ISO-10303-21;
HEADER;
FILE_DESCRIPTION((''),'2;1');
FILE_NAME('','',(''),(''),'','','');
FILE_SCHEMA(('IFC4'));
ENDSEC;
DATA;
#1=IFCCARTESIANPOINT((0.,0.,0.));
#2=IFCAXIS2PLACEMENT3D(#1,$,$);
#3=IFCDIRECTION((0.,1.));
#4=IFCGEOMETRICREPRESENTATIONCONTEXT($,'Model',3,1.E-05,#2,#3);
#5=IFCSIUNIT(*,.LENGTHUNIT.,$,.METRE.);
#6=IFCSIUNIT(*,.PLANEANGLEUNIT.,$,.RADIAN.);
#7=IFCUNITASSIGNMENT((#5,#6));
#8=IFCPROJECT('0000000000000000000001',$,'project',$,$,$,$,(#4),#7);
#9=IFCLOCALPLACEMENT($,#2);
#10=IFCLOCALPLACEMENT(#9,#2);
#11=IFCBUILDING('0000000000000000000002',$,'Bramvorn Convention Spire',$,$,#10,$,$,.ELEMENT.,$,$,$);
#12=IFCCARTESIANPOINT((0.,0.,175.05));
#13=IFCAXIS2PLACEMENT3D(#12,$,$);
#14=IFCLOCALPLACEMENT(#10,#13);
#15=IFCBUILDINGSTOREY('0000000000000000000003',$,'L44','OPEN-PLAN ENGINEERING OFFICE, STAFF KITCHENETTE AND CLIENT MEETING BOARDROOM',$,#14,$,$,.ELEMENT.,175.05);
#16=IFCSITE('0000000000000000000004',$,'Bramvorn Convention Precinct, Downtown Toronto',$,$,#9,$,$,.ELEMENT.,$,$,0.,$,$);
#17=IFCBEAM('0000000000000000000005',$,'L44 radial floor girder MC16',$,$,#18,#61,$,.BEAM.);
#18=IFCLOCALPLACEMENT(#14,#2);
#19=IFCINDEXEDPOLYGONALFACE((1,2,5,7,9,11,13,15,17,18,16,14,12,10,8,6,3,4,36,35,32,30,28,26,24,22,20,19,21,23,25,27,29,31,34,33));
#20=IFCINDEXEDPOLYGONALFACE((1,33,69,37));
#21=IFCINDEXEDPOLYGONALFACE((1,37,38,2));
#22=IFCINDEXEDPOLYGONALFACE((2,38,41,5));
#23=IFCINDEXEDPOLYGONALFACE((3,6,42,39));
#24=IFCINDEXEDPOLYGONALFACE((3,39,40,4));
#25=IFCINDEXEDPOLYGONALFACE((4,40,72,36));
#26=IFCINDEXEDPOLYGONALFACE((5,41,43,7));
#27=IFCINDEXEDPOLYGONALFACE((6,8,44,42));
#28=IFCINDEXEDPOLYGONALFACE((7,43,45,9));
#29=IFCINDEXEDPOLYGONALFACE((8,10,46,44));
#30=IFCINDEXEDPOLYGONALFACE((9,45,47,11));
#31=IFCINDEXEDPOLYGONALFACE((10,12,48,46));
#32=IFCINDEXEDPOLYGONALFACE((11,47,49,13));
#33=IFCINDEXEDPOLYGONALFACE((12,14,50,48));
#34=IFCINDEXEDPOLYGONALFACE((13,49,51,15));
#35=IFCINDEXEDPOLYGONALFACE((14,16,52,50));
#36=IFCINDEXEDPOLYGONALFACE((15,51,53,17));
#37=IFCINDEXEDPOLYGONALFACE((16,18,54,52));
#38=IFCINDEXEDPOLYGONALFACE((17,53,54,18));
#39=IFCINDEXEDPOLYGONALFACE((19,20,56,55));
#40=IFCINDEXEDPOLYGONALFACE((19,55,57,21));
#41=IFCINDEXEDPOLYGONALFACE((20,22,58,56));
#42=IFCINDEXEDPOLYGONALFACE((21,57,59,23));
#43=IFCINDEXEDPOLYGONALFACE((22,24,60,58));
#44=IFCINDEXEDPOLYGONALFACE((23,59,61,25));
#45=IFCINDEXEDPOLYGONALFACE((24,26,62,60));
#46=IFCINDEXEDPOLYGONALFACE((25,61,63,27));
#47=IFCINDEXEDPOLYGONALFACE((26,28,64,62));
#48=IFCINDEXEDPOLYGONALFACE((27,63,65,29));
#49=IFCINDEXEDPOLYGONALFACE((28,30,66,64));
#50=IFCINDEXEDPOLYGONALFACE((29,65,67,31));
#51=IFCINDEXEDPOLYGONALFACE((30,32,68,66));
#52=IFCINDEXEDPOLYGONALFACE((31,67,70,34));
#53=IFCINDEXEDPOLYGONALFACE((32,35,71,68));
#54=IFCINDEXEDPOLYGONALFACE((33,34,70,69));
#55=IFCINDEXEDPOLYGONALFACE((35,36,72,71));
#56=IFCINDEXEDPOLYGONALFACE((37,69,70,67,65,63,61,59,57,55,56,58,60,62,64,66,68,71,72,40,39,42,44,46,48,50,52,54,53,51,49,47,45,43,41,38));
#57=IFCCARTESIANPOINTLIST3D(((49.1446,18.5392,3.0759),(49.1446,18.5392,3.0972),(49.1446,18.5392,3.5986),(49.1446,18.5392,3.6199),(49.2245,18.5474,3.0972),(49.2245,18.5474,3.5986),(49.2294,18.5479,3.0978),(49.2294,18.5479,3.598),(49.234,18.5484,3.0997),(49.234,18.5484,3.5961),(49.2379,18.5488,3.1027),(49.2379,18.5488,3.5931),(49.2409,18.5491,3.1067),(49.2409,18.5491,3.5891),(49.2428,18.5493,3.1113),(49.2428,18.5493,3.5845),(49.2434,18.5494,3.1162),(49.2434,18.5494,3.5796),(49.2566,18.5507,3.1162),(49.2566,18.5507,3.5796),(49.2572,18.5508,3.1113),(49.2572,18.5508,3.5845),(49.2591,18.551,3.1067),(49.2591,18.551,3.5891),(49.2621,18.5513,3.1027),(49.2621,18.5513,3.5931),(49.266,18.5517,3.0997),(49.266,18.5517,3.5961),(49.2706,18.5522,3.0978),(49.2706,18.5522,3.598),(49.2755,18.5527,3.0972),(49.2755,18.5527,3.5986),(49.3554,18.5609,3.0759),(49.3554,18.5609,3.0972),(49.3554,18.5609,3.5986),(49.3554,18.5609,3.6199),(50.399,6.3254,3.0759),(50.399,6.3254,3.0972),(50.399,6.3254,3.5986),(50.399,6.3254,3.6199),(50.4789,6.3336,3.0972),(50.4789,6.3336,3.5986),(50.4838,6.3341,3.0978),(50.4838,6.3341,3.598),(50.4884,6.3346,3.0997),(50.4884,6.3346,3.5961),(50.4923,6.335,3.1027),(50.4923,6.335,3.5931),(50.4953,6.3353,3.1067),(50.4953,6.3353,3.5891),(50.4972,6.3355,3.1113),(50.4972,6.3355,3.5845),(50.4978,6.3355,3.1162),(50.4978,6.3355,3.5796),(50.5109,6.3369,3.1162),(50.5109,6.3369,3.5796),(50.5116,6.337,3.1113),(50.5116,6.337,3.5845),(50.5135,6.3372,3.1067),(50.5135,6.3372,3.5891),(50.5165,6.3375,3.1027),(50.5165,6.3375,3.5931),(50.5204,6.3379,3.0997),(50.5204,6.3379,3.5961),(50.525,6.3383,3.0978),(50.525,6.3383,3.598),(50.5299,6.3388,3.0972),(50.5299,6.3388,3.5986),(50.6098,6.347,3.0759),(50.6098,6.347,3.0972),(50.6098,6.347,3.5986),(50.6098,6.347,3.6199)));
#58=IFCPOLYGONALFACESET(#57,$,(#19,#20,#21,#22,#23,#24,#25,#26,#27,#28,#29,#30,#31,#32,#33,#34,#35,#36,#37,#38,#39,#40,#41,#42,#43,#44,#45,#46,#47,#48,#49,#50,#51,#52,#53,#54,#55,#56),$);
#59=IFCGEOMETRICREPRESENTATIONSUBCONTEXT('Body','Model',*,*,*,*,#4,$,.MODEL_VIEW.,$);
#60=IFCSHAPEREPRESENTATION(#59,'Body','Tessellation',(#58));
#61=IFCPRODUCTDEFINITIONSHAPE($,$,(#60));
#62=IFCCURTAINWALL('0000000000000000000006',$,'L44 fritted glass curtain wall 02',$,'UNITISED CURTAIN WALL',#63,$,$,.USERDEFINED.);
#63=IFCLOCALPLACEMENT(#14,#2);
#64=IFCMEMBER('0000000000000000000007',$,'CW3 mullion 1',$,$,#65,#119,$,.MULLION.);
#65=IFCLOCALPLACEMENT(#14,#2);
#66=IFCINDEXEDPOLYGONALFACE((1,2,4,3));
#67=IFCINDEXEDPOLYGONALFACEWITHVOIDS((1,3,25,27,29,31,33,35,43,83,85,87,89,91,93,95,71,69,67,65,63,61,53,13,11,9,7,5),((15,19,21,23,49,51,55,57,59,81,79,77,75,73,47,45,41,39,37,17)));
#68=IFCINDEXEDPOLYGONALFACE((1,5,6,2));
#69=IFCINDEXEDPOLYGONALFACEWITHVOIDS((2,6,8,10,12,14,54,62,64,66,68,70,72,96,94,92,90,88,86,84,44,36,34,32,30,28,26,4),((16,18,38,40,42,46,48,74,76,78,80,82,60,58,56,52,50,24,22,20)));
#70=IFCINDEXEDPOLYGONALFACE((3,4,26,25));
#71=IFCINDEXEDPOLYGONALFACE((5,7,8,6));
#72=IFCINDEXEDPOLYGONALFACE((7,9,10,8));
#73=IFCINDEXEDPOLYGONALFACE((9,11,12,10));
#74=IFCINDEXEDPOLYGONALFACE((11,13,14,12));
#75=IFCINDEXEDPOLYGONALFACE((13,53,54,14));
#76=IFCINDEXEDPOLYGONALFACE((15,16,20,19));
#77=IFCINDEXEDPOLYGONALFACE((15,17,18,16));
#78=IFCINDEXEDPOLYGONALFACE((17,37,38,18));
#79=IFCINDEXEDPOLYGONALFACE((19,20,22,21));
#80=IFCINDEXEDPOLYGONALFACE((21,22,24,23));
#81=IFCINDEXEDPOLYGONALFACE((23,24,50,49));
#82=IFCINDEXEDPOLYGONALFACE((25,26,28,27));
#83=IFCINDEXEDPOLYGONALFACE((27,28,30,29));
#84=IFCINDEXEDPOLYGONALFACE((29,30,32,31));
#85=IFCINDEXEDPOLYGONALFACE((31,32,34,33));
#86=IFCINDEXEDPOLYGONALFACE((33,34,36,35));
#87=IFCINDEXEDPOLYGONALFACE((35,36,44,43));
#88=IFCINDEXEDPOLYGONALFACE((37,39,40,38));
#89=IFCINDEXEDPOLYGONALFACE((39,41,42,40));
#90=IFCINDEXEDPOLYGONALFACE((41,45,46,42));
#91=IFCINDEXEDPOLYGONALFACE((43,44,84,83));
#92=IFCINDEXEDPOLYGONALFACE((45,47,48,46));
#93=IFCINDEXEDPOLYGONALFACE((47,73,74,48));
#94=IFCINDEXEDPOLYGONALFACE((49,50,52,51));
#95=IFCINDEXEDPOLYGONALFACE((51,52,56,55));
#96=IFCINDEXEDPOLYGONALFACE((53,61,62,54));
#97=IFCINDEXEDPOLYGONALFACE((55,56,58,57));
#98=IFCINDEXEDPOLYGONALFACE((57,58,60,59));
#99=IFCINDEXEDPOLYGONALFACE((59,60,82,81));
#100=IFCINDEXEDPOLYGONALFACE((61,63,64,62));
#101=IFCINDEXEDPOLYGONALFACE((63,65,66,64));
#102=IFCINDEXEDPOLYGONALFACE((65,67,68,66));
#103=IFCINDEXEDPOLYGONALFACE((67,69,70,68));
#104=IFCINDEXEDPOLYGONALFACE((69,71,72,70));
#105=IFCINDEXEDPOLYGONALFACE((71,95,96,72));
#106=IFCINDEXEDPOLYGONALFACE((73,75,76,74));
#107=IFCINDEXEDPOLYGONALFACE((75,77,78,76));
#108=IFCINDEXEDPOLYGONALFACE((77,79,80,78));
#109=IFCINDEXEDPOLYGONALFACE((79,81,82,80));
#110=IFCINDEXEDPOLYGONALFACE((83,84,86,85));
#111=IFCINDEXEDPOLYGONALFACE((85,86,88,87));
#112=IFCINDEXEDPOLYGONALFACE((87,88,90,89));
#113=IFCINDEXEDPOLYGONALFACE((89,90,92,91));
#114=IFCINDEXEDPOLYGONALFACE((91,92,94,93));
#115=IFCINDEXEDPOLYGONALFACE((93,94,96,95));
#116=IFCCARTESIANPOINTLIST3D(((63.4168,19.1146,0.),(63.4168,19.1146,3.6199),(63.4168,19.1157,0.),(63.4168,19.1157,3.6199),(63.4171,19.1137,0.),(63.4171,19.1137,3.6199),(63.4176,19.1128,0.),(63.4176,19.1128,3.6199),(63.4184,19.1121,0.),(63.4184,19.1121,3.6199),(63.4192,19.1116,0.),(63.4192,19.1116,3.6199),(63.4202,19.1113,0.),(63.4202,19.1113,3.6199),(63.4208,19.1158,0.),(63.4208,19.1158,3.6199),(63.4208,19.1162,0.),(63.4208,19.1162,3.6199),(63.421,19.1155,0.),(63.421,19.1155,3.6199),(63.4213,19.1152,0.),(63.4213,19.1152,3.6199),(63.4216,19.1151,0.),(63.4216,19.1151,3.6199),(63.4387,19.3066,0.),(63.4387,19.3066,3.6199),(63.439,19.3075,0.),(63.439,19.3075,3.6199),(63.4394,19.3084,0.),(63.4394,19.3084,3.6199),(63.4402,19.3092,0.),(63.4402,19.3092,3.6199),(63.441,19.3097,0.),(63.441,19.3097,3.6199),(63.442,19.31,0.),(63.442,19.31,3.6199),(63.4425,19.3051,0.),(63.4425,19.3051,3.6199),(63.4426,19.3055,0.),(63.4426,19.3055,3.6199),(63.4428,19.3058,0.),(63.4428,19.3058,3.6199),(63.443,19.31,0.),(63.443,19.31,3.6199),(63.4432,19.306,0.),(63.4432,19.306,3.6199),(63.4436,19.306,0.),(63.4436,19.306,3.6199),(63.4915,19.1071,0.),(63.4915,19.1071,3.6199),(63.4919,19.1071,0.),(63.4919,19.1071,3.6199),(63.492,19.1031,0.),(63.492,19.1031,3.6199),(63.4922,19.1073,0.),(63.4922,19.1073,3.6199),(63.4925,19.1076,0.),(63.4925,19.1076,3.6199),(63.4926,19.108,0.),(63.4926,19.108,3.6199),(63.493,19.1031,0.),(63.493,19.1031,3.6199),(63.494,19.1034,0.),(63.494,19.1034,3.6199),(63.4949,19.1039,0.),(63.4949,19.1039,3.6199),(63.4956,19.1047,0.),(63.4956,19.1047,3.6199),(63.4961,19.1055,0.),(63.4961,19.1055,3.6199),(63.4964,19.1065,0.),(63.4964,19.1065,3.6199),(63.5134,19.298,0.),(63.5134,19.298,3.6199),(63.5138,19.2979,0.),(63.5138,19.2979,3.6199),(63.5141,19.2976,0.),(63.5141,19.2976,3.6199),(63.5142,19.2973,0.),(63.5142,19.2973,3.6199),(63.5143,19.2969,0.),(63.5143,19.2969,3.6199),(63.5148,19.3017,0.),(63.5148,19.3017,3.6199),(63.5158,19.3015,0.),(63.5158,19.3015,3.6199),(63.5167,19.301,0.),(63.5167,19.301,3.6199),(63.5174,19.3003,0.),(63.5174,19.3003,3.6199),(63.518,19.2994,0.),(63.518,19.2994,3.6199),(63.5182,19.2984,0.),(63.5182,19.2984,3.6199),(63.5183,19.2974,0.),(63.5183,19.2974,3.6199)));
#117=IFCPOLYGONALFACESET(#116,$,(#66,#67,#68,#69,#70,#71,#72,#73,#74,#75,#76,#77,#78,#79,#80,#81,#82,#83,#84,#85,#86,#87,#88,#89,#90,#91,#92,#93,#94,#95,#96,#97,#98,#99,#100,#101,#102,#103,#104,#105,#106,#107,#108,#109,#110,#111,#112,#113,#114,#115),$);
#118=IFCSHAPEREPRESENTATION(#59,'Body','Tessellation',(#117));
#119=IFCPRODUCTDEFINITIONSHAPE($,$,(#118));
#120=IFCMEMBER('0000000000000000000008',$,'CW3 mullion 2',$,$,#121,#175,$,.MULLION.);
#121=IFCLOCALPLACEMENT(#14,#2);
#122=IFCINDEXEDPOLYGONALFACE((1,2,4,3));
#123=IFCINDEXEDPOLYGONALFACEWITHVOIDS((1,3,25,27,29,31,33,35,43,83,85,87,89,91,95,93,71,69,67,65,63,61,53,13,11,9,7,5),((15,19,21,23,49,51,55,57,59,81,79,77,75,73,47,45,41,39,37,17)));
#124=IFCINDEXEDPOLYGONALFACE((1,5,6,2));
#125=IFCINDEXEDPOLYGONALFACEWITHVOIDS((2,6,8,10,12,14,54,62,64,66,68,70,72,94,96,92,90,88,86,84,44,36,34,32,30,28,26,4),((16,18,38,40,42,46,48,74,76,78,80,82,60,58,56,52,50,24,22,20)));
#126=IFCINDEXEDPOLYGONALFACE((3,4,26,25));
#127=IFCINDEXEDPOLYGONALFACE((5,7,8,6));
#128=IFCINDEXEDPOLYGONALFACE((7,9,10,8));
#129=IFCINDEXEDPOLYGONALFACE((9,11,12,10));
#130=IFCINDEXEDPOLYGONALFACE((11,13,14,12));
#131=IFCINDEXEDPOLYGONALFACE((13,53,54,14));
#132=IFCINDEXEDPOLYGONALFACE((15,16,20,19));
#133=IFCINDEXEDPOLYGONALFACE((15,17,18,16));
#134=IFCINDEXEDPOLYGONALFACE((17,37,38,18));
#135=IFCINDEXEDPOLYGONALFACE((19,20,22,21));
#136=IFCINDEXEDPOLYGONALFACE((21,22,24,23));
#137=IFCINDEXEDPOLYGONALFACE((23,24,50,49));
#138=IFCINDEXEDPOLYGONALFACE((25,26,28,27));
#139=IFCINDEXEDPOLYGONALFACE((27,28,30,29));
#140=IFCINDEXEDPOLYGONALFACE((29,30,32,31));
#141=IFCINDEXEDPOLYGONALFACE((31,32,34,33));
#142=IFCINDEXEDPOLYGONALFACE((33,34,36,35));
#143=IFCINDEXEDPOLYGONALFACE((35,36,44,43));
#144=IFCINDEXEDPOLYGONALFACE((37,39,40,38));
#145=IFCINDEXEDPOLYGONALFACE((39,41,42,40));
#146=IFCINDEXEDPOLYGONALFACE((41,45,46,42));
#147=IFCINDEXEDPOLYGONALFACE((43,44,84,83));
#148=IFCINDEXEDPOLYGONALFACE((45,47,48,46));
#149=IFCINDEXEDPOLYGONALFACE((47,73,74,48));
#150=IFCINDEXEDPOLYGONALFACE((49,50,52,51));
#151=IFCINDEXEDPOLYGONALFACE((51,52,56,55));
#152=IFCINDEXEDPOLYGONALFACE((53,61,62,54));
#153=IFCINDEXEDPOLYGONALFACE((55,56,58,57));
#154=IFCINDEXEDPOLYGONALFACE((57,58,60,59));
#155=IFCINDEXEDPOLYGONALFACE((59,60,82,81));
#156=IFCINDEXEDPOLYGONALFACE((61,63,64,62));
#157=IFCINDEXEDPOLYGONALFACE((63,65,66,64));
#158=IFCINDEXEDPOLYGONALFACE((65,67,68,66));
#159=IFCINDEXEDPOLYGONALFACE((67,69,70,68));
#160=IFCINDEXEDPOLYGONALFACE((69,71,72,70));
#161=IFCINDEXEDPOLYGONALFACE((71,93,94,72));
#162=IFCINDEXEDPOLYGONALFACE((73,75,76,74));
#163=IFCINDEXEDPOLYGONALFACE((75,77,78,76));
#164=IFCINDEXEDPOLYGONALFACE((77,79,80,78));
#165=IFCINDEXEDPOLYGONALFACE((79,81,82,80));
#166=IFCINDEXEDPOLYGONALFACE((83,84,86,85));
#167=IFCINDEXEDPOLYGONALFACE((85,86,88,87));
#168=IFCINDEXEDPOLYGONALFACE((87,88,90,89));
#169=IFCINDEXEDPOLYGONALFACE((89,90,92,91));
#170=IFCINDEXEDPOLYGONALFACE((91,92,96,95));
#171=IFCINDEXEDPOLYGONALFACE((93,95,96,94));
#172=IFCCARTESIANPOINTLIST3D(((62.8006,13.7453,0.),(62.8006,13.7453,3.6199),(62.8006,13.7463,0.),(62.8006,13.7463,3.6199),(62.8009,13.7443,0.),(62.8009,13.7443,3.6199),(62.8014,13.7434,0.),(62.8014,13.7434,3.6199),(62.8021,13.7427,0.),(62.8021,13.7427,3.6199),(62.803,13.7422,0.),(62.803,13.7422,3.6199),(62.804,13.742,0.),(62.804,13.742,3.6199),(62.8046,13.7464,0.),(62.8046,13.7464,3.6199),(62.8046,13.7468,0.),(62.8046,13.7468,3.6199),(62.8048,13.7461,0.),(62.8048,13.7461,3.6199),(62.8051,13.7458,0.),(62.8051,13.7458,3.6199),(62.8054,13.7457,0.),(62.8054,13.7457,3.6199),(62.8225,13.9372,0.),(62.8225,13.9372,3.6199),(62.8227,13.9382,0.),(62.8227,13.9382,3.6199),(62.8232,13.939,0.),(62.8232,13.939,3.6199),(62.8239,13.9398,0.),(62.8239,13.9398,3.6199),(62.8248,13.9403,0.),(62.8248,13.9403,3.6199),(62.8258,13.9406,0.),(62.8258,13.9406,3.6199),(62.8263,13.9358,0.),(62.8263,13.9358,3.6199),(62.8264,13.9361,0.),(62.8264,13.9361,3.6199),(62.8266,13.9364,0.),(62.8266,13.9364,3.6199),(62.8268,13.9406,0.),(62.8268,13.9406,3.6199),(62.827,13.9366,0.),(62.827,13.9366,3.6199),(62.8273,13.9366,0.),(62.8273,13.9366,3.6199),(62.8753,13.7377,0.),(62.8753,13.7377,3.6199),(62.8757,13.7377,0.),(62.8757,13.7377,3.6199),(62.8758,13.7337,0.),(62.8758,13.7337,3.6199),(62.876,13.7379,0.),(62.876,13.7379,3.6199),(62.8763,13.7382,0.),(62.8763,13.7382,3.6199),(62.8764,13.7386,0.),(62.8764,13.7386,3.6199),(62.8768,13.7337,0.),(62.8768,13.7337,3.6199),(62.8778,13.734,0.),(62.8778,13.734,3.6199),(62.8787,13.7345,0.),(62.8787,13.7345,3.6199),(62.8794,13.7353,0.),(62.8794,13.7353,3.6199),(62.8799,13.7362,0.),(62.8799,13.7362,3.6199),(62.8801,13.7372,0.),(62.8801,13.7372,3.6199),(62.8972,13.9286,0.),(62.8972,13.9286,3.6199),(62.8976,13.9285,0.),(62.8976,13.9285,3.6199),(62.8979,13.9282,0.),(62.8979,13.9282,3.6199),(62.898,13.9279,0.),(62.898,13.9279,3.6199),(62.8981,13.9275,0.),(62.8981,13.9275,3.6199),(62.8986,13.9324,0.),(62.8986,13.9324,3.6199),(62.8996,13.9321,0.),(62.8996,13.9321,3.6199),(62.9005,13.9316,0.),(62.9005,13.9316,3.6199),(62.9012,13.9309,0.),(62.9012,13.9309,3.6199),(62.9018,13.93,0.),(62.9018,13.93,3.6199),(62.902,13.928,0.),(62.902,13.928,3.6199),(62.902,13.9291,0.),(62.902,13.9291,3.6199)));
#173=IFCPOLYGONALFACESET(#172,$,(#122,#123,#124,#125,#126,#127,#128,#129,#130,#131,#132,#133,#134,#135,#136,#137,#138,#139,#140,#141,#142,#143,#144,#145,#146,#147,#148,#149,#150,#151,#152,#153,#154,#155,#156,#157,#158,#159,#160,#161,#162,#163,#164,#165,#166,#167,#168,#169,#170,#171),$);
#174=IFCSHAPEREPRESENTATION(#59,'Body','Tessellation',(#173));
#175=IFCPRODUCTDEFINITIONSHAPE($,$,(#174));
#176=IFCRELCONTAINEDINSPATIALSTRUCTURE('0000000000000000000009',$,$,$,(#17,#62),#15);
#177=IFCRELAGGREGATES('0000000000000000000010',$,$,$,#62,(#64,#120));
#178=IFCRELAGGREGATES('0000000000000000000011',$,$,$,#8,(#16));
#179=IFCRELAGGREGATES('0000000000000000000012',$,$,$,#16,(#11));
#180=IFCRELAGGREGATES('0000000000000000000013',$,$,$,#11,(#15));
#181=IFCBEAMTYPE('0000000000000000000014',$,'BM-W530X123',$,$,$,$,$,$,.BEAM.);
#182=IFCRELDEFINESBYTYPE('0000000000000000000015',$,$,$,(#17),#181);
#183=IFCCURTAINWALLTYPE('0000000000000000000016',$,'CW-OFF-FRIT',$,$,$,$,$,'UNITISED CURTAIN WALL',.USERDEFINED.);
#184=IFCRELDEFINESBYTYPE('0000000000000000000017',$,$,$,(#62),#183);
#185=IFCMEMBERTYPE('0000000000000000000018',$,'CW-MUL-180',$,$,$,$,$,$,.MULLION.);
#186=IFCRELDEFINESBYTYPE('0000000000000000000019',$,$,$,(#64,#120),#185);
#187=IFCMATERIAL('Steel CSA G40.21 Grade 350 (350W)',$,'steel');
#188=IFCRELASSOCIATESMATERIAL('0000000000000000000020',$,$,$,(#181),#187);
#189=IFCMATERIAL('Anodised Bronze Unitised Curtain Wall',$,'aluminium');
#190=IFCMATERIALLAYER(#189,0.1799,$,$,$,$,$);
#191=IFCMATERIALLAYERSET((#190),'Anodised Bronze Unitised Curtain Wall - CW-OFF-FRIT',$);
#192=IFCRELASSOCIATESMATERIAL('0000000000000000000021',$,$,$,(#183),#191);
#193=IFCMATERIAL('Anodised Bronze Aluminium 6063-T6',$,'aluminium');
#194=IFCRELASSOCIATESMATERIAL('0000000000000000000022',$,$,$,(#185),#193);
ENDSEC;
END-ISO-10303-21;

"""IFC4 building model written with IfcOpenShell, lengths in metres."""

from ifc_helpers import new_model, si_unit, direction, frame, origin, origin_2d, place, context, subcontext, project, spatial, hollow_rectangle, i_section, extrude, material, layer, layer_set, material_profile, profile_set, type_object, element, aggregate, save


model = new_model("IFC4")

# Units and contexts
model_context = context("Model", 3, precision=1e-05, world=origin(), true_north=direction((0.0, 1.0)))
body_context = subcontext(model_context, "Body", "Model", "MODEL_VIEW")
ifc_project = project(units=[si_unit("LENGTHUNIT", "METRE"), si_unit("PLANEANGLEUNIT", "RADIAN")], contexts=[model_context])

# Site, building, storey
site_placement = place(None, origin())
site = spatial("IfcSite", under=ifc_project, at=site_placement, Name="Bramvorn Convention Precinct, Downtown Toronto", CompositionType="ELEMENT", RefElevation=0.0)
building_placement = place(site_placement, origin())
building = spatial("IfcBuilding", under=site, at=building_placement, Name="Bramvorn Convention Spire", CompositionType="ELEMENT")
storey_placement = place(building_placement, frame((0.0, 0.0, 175.05)))
storey = spatial("IfcBuildingStorey", under=building, at=storey_placement, Name="L44", Description="OPEN-PLAN ENGINEERING OFFICE, STAFF KITCHENETTE AND CLIENT MEETING BOARDROOM", CompositionType="ELEMENT", Elevation=175.05)

# Shared definitions
ifc_material_1 = material(Name="Steel CSA G40.21 Grade 350 (350W)", Category="steel")

# Beam
ifc_material_profile_1 = material_profile(ifc_material_1, i_section(OverallWidth=0.2119, OverallDepth=0.5439, WebThickness=0.0132, FlangeThickness=0.0212, FilletRadius=0.019, at=origin_2d()))
ifc_profile_set_1 = profile_set([ifc_material_profile_1], Name="Steel CSA G40.21 Grade 350 (350W) - W530X123")
beam_type_1 = type_object("IfcBeamType", Name="BM-W530X123", PredefinedType="BEAM", material=ifc_profile_set_1)
beam_1_placement = place(storey_placement, frame((49.25, 18.55, 3.3479), z_axis=(0.102165, -0.994767, 0.0), x_axis=(0.994767, 0.102165, 0.0)))
element("IfcBeam", 1, at=beam_1_placement, inside=storey, type_object=beam_type_1, Name="L44 radial floor girder MC16", PredefinedType="BEAM", context=body_context, shape_type="SweptSolid", body=[
    extrude(i_section(OverallWidth=0.2119, OverallDepth=0.5439, WebThickness=0.0132, FlangeThickness=0.0212, FilletRadius=0.019, at=origin_2d()), origin(), (0.0, 0.0, 1.0), 12.2781),
])

# Curtain wall, members
ifc_material_2 = material(Name="Anodised Bronze Unitised Curtain Wall", Category="aluminium")
ifc_layer_1 = layer(ifc_material_2, 0.1799)
ifc_layer_set_1 = layer_set([ifc_layer_1], Name="Anodised Bronze Unitised Curtain Wall - CW-OFF-FRIT")
curtain_wall_type = type_object("IfcCurtainWallType", Name="CW-OFF-FRIT", ElementType="UNITISED CURTAIN WALL", PredefinedType="USERDEFINED", material=ifc_layer_set_1)
curtain_wall_1_placement = place(storey_placement, origin())
curtain_wall_1 = element("IfcCurtainWall", 2, at=curtain_wall_1_placement, inside=storey, type_object=curtain_wall_type, Name="L44 fritted glass curtain wall 02", ObjectType="UNITISED CURTAIN WALL", PredefinedType="USERDEFINED")
ifc_material_3 = material(Name="Anodised Bronze Aluminium 6063-T6", Category="aluminium")
ifc_material_profile_2 = material_profile(ifc_material_3, hollow_rectangle(XDim=0.0801, YDim=0.2, WallThickness=0.0039, InnerFilletRadius=0.001, OuterFilletRadius=0.0039, at=origin_2d()))
ifc_profile_set_2 = profile_set([ifc_material_profile_2], Name="Anodised Bronze Aluminium 6063-T6 - CWM80X200")
member_type_1 = type_object("IfcMemberType", Name="CW-MUL-180", PredefinedType="MULLION", material=ifc_profile_set_2)
member_1_placement = place(storey_placement, frame((63.4675, 19.2065, 0.0), z_axis=(0.0, 0.0, 1.0), x_axis=(0.99348, -0.114008, 0.0)))
member_1 = element("IfcMember", 3, at=member_1_placement, type_object=member_type_1, Name="CW3 mullion 1", PredefinedType="MULLION", context=body_context, shape_type="SweptSolid", body=[
    extrude(hollow_rectangle(XDim=0.0801, YDim=0.2, WallThickness=0.0039, InnerFilletRadius=0.001, OuterFilletRadius=0.0039, at=origin_2d()), origin(), (0.0, 0.0, 1.0), 3.6199),
])
member_2_placement = place(storey_placement, frame((62.8513, 13.8372, 0.0), z_axis=(0.0, 0.0, 1.0), x_axis=(0.99348, -0.114008, 0.0)))
member_2 = element("IfcMember", 4, at=member_2_placement, type_object=member_type_1, Name="CW3 mullion 2", PredefinedType="MULLION", context=body_context, shape_type="SweptSolid", body=[
    extrude(hollow_rectangle(XDim=0.0801, YDim=0.2, WallThickness=0.0039, InnerFilletRadius=0.001, OuterFilletRadius=0.0039, at=origin_2d()), origin(), (0.0, 0.0, 1.0), 3.6199),
])

aggregate(curtain_wall_1, [member_1, member_2])

save(model, "model.ifc")
